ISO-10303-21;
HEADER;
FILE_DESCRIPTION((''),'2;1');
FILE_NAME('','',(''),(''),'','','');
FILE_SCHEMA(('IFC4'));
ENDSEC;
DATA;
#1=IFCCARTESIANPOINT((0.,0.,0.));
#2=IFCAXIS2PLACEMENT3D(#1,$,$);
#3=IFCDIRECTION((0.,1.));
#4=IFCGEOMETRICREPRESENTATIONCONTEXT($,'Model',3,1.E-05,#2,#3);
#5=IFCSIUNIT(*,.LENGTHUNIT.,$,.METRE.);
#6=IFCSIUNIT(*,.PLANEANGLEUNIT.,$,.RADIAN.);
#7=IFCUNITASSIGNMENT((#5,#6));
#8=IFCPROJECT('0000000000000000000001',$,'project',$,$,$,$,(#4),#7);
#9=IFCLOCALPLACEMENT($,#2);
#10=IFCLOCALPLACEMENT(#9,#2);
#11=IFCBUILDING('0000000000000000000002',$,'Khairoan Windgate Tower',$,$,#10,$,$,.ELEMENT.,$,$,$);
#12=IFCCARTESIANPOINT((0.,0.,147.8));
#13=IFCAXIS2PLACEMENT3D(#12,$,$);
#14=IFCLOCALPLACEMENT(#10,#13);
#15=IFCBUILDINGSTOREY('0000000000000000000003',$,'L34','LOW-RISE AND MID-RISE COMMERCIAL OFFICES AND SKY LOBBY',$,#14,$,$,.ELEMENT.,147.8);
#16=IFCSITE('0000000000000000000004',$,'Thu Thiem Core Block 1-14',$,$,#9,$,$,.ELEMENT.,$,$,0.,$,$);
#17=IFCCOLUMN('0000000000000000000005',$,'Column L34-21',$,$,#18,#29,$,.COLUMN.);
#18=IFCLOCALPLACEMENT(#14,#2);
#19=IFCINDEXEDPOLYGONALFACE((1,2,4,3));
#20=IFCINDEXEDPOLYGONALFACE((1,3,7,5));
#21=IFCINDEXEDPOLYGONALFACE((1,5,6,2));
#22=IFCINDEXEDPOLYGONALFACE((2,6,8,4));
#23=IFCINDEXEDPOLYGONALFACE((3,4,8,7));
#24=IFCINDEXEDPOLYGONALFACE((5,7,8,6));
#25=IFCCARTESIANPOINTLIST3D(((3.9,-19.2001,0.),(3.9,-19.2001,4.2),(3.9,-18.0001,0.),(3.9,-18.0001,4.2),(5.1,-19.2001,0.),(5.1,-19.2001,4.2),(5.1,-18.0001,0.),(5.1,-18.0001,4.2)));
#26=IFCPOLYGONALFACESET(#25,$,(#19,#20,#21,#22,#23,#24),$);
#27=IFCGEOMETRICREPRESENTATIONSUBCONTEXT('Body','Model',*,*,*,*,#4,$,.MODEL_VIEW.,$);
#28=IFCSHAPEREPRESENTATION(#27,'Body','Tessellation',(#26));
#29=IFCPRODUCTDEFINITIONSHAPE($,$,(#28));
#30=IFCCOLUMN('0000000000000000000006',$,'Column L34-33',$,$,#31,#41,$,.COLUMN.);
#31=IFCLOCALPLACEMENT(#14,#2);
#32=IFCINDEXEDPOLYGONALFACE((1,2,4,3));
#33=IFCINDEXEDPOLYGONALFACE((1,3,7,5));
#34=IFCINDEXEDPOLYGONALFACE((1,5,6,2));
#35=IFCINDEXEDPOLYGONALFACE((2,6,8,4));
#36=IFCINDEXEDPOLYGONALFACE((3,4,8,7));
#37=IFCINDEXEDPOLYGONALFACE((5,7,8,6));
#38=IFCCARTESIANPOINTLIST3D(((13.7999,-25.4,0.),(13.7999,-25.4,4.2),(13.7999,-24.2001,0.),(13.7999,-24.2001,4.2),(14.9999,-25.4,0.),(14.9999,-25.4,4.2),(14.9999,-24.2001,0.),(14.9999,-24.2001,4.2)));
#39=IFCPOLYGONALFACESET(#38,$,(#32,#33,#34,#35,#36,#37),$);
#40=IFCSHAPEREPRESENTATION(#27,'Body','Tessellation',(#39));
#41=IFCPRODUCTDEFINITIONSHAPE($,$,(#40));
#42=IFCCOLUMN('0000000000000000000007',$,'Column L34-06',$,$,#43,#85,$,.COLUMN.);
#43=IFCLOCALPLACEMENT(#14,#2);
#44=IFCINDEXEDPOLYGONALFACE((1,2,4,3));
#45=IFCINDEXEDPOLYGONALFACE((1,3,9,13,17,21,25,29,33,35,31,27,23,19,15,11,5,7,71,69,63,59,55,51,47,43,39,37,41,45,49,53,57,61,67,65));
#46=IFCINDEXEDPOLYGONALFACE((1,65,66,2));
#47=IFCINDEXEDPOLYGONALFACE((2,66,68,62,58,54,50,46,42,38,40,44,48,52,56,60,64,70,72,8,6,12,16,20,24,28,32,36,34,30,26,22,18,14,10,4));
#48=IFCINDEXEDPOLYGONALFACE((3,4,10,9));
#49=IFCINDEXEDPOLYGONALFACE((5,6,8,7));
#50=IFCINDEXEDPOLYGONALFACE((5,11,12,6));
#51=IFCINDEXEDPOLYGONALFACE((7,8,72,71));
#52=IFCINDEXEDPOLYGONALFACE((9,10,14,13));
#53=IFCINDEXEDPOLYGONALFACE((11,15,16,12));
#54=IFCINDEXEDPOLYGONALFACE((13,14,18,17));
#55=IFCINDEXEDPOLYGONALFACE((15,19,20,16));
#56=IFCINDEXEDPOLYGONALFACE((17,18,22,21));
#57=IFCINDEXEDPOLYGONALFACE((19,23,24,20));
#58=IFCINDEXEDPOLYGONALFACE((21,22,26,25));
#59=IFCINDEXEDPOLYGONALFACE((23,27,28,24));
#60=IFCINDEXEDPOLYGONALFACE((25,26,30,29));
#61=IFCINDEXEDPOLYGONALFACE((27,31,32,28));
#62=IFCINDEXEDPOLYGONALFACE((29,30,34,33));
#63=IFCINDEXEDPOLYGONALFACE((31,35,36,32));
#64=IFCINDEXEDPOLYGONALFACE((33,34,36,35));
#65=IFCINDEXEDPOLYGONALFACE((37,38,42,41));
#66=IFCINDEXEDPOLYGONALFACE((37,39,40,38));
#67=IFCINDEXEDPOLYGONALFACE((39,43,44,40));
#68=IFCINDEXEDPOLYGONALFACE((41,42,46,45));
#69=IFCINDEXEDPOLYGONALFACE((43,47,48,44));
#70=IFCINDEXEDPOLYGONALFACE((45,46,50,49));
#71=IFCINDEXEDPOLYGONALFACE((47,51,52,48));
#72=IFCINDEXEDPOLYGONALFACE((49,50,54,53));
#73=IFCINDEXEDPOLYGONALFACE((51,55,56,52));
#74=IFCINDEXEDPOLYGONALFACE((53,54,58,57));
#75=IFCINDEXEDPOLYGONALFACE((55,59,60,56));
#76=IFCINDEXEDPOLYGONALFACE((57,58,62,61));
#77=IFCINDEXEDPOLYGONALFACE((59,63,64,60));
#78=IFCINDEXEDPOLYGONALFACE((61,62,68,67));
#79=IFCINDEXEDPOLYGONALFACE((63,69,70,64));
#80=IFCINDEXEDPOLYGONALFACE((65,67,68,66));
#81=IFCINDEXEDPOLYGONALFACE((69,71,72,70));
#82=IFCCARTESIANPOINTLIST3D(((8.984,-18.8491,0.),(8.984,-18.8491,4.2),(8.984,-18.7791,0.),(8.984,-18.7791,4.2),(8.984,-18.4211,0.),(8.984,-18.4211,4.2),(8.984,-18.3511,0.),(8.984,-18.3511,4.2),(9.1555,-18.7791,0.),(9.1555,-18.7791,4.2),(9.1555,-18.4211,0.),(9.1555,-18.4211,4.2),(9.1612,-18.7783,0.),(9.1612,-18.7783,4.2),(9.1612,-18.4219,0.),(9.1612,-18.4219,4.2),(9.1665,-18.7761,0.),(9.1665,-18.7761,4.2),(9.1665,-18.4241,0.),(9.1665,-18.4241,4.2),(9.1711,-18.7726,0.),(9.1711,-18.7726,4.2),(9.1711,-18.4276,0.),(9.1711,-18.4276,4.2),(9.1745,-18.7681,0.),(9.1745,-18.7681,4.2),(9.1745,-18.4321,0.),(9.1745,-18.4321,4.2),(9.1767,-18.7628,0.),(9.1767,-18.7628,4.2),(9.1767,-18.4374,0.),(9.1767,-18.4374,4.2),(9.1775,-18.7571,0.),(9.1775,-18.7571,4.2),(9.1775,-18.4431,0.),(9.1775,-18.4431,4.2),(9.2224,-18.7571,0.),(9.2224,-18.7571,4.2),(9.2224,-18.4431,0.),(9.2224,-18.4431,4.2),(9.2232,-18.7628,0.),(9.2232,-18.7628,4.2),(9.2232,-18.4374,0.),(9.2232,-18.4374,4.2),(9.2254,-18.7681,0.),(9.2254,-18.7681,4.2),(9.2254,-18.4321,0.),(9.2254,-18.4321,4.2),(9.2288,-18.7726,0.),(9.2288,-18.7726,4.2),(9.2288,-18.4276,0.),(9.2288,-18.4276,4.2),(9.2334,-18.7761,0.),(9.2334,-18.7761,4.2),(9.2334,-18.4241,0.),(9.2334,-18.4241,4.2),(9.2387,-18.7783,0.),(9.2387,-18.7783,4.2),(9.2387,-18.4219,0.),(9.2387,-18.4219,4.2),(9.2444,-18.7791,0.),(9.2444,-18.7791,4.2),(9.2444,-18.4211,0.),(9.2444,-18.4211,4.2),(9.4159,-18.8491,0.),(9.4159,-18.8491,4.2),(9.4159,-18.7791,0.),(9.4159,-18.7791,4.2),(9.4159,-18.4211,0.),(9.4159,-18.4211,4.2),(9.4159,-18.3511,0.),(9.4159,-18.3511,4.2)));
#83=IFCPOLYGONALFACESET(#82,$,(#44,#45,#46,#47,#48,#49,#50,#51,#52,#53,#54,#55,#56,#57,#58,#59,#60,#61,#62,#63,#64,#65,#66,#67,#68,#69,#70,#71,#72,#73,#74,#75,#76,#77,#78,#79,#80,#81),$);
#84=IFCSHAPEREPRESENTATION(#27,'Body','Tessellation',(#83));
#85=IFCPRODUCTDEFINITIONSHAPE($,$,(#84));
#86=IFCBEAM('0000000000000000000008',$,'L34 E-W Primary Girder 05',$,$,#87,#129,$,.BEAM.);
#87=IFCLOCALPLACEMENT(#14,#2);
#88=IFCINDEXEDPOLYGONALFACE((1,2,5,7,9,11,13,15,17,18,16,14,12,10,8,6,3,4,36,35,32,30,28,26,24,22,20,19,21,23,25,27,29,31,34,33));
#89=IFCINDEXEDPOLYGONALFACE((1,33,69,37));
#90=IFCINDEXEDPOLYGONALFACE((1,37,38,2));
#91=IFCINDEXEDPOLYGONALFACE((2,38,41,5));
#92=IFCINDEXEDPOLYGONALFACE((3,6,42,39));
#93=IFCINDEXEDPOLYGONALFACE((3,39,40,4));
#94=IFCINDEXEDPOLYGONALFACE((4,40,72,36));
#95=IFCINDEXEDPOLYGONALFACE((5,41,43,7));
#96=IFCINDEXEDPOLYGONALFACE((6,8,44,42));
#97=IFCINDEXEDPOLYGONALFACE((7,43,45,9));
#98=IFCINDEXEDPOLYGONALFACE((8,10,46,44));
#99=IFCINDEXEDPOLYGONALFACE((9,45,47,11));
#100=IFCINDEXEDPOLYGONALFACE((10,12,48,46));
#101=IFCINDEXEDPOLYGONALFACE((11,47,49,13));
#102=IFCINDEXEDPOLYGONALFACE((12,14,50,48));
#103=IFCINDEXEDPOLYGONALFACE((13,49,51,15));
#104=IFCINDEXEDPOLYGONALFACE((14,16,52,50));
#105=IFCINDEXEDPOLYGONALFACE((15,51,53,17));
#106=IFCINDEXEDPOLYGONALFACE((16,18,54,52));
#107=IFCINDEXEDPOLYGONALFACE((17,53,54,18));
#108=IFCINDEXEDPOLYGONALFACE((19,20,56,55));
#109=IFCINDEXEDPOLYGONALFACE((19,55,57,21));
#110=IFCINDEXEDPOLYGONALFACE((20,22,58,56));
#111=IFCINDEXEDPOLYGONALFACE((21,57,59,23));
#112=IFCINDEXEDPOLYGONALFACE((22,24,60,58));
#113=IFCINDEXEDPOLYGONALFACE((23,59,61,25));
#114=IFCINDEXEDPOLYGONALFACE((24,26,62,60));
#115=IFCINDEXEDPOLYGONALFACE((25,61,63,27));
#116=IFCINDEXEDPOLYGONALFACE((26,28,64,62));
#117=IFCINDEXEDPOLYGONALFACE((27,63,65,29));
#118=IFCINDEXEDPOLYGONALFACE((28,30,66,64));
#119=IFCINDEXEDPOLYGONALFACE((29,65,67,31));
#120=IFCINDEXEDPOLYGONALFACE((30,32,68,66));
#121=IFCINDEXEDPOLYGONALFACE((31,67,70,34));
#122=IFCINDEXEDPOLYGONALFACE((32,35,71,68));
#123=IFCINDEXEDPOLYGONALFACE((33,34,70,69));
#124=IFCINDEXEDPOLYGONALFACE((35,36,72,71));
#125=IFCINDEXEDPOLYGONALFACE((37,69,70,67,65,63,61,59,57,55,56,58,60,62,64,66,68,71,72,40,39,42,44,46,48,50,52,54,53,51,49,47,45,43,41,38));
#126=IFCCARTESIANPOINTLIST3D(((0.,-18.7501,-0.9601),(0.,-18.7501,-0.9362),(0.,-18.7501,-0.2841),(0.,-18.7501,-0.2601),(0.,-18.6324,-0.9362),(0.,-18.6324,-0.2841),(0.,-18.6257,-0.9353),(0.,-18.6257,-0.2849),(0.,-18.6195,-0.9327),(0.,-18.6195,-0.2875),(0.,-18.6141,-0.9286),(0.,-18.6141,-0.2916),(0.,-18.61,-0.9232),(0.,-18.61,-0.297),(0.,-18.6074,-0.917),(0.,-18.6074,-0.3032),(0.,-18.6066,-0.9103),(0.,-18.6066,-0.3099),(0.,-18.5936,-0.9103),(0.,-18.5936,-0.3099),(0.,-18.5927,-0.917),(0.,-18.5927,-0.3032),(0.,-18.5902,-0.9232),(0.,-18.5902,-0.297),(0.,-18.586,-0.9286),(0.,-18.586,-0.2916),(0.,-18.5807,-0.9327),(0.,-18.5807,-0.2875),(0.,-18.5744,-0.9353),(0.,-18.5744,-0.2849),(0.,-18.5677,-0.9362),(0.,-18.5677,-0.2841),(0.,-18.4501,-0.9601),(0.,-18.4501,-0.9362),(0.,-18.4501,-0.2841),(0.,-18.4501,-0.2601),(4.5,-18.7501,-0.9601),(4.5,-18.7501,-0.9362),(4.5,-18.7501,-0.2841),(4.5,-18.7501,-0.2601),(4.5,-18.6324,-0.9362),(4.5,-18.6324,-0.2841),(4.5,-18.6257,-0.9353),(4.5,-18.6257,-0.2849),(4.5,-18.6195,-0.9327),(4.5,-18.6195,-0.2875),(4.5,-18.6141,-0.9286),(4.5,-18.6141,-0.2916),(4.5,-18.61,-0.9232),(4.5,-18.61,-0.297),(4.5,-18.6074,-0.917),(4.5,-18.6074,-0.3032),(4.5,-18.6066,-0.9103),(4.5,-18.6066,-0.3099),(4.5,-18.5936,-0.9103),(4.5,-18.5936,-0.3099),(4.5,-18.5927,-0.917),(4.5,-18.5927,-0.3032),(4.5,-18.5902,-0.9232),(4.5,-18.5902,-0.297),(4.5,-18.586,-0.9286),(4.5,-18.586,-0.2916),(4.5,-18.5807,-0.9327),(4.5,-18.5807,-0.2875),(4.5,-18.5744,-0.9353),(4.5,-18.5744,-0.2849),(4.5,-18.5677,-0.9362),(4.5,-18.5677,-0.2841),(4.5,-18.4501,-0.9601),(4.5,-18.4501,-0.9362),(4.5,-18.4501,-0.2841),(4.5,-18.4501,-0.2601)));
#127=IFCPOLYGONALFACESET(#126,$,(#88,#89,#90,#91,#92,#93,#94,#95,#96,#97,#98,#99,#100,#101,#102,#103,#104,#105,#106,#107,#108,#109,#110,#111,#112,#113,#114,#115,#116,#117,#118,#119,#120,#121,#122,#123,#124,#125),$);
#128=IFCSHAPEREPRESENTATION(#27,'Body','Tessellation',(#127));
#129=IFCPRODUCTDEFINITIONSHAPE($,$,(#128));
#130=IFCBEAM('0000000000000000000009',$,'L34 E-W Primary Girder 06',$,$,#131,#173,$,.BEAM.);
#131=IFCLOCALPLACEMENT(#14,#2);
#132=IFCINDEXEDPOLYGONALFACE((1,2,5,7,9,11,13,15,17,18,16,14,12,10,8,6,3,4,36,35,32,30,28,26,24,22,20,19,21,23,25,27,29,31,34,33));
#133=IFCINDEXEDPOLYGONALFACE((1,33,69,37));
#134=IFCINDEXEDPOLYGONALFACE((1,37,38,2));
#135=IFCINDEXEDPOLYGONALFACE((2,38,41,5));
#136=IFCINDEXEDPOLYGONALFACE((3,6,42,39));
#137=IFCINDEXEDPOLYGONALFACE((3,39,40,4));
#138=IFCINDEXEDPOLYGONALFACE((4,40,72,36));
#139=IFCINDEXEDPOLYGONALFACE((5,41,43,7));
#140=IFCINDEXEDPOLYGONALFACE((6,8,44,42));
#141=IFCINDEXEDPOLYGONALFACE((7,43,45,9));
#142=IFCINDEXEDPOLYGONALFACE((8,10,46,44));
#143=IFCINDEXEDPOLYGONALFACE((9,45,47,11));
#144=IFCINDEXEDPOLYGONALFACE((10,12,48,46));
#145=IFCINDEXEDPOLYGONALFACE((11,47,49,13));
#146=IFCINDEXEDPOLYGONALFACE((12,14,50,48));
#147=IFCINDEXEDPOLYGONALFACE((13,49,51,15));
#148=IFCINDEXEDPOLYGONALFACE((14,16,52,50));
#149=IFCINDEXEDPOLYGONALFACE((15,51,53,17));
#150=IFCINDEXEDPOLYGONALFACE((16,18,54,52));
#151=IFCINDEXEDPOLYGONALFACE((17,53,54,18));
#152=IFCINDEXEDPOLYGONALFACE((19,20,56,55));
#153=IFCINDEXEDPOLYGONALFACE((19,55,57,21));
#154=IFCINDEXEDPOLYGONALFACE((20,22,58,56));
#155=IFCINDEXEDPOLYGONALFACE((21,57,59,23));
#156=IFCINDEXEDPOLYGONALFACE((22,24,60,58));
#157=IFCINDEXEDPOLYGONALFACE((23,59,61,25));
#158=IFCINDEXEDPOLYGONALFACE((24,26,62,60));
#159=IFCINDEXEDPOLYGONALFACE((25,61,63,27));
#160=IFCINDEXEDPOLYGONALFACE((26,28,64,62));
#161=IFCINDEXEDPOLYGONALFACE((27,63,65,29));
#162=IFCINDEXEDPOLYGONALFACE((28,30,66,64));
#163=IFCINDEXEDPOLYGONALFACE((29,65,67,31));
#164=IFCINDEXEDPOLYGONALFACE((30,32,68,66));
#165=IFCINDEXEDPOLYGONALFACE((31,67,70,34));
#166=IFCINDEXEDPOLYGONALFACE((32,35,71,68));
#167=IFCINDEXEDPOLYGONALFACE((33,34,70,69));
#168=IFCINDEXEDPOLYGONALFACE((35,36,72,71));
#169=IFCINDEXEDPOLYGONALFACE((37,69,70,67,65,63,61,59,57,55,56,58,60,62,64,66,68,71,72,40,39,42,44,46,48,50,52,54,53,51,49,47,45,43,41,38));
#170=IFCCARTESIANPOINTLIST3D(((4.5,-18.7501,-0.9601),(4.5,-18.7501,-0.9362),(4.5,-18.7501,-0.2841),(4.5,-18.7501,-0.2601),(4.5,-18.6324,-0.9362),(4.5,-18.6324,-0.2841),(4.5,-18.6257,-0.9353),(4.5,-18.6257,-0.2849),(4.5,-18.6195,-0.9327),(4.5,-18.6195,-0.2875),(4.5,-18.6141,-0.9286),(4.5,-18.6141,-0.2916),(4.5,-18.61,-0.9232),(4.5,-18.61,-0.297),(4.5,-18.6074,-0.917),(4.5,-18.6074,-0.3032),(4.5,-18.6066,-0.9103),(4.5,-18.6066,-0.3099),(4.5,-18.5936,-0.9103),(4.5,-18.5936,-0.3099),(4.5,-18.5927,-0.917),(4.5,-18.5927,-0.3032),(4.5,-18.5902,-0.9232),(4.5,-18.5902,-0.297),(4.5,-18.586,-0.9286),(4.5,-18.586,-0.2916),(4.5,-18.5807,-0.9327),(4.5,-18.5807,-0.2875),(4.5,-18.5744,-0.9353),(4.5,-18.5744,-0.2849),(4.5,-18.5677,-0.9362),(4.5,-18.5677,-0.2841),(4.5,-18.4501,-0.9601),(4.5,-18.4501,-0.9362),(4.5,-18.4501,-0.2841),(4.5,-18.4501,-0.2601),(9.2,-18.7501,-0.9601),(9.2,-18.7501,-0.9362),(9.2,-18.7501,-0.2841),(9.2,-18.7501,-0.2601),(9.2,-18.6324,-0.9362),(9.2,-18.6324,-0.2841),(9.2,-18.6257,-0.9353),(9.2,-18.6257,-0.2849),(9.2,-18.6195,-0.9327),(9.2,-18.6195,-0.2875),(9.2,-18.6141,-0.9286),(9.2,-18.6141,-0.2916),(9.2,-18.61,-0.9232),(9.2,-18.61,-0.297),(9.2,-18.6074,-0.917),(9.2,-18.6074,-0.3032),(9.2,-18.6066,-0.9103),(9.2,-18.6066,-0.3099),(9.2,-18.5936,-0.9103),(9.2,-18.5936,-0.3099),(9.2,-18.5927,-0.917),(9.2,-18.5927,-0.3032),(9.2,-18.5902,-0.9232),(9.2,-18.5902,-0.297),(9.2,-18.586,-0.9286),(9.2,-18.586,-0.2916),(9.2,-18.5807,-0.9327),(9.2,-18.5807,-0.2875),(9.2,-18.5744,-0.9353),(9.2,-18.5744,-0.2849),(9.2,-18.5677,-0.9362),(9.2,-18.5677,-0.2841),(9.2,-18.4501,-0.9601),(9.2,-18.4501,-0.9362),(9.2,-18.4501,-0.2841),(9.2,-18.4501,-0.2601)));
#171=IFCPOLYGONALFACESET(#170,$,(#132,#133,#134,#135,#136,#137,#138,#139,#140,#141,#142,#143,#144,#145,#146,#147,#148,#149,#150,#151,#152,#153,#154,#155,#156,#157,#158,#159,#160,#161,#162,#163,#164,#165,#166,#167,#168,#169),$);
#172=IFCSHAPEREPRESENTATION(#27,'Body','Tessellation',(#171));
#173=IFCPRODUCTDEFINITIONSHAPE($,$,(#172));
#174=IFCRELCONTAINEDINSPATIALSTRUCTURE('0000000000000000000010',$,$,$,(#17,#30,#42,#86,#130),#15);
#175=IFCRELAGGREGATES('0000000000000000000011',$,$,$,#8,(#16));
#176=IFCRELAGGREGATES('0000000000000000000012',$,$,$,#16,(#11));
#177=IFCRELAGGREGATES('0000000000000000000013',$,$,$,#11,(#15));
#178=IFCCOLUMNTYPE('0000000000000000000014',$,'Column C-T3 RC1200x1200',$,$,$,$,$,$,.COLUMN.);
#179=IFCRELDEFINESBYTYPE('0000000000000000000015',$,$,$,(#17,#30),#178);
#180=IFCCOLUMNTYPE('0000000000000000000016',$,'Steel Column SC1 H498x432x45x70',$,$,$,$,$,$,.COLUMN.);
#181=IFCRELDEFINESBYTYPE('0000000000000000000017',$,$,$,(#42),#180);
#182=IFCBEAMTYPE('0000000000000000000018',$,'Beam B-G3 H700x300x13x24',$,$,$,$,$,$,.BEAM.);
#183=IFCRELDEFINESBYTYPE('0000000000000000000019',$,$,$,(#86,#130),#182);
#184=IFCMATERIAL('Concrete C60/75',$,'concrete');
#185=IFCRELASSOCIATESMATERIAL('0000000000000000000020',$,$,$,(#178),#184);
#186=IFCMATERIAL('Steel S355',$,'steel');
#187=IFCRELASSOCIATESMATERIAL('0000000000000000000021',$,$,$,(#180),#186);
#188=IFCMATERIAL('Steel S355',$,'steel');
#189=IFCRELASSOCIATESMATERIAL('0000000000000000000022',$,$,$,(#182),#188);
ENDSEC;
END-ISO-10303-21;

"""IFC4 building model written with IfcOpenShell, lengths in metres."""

from ifc_helpers import new_model, si_unit, direction, frame, origin, origin_2d, place, context, subcontext, project, spatial, rectangle, i_section, extrude, material, material_profile, profile_set, type_object, element, save


model = new_model("IFC4")

# Units and contexts
model_context = context("Model", 3, precision=1e-05, world=origin(), true_north=direction((0.0, 1.0)))
body_context = subcontext(model_context, "Body", "Model", "MODEL_VIEW")
ifc_project = project(units=[si_unit("LENGTHUNIT", "METRE"), si_unit("PLANEANGLEUNIT", "RADIAN")], contexts=[model_context])

# Site, building, storey
site_placement = place(None, origin())
site = spatial("IfcSite", under=ifc_project, at=site_placement, Name="Thu Thiem Core Block 1-14", CompositionType="ELEMENT", RefElevation=0.0)
building_placement = place(site_placement, origin())
building = spatial("IfcBuilding", under=site, at=building_placement, Name="Khairoan Windgate Tower", CompositionType="ELEMENT")
storey_placement = place(building_placement, frame((0.0, 0.0, 147.8)))
storey = spatial("IfcBuildingStorey", under=building, at=storey_placement, Name="L34", Description="LOW-RISE AND MID-RISE COMMERCIAL OFFICES AND SKY LOBBY", CompositionType="ELEMENT", Elevation=147.8)

# Columns
ifc_material_1 = material(Name="Concrete C60/75", Category="concrete")
ifc_material_profile_1 = material_profile(ifc_material_1, rectangle(XDim=1.2, YDim=1.2, at=origin_2d()))
ifc_profile_set_1 = profile_set([ifc_material_profile_1], Name="Concrete C60/75")
column_type_1 = type_object("IfcColumnType", Name="Column C-T3 RC1200x1200", PredefinedType="COLUMN", material=ifc_profile_set_1)
for number, where, z_axis, x_axis, name in (
    (1, (4.5, -18.6001, 0.0), (0.0, 0.0, 1.0), (1.0, 0.0, 0.0), "Column L34-21"),
    (2, (14.3999, -24.8, 0.0), (0.0, 0.0, 1.0), (1.0, 0.0, 0.0), "Column L34-33"),
):
    element("IfcColumn", number, at=place(storey_placement, frame(where, z_axis=z_axis, x_axis=x_axis)), inside=storey, type_object=column_type_1, Name=name, PredefinedType="COLUMN", context=body_context, shape_type="SweptSolid", body=[
        extrude(rectangle(XDim=1.2, YDim=1.2, at=origin_2d()), origin(), (0.0, 0.0, 1.0), 4.2),
    ])
ifc_material_2 = material(Name="Steel S355", Category="steel")
ifc_material_profile_2 = material_profile(ifc_material_2, i_section(OverallWidth=0.4319, OverallDepth=0.498, WebThickness=0.0449, FlangeThickness=0.0701, FilletRadius=0.022, at=origin_2d()))
ifc_profile_set_2 = profile_set([ifc_material_profile_2], Name="Steel S355")
column_type_2 = type_object("IfcColumnType", Name="Steel Column SC1 H498x432x45x70", PredefinedType="COLUMN", material=ifc_profile_set_2)
column_placement = place(storey_placement, frame((9.2, -18.6001, 0.0), z_axis=(0.0, 0.0, 1.0), x_axis=(1.0, 0.0, 0.0)))
element("IfcColumn", 3, at=column_placement, inside=storey, type_object=column_type_2, Name="Column L34-06", PredefinedType="COLUMN", context=body_context, shape_type="SweptSolid", body=[
    extrude(i_section(OverallWidth=0.4319, OverallDepth=0.498, WebThickness=0.0449, FlangeThickness=0.0701, FilletRadius=0.022, at=origin_2d()), origin(), (0.0, 0.0, 1.0), 4.2),
])

# Beams
ifc_material_3 = material(Name="Steel S355", Category="steel")
ifc_material_profile_3 = material_profile(ifc_material_3, i_section(OverallWidth=0.3, OverallDepth=0.7, WebThickness=0.0129, FlangeThickness=0.0239, FilletRadius=0.0259, at=origin_2d()))
ifc_profile_set_3 = profile_set([ifc_material_profile_3], Name="Steel S355")
beam_type = type_object("IfcBeamType", Name="Beam B-G3 H700x300x13x24", PredefinedType="BEAM", material=ifc_profile_set_3)
beam_1_placement = place(storey_placement, frame((0.0, -18.6001, -0.6101), z_axis=(1.0, 0.0, 0.0), x_axis=(0.0, 1.0, 0.0)))
element("IfcBeam", 4, at=beam_1_placement, inside=storey, type_object=beam_type, Name="L34 E-W Primary Girder 05", PredefinedType="BEAM", context=body_context, shape_type="SweptSolid", body=[
    extrude(i_section(OverallWidth=0.3, OverallDepth=0.7, WebThickness=0.0129, FlangeThickness=0.0239, FilletRadius=0.0259, at=origin_2d()), origin(), (0.0, 0.0, 1.0), 4.5),
])
beam_2_placement = place(storey_placement, frame((4.5, -18.6001, -0.6101), z_axis=(1.0, 0.0, 0.0), x_axis=(0.0, 1.0, 0.0)))
element("IfcBeam", 5, at=beam_2_placement, inside=storey, type_object=beam_type, Name="L34 E-W Primary Girder 06", PredefinedType="BEAM", context=body_context, shape_type="SweptSolid", body=[
    extrude(i_section(OverallWidth=0.3, OverallDepth=0.7, WebThickness=0.0129, FlangeThickness=0.0239, FilletRadius=0.0259, at=origin_2d()), origin(), (0.0, 0.0, 1.0), 4.7),
])

save(model, "model.ifc")
